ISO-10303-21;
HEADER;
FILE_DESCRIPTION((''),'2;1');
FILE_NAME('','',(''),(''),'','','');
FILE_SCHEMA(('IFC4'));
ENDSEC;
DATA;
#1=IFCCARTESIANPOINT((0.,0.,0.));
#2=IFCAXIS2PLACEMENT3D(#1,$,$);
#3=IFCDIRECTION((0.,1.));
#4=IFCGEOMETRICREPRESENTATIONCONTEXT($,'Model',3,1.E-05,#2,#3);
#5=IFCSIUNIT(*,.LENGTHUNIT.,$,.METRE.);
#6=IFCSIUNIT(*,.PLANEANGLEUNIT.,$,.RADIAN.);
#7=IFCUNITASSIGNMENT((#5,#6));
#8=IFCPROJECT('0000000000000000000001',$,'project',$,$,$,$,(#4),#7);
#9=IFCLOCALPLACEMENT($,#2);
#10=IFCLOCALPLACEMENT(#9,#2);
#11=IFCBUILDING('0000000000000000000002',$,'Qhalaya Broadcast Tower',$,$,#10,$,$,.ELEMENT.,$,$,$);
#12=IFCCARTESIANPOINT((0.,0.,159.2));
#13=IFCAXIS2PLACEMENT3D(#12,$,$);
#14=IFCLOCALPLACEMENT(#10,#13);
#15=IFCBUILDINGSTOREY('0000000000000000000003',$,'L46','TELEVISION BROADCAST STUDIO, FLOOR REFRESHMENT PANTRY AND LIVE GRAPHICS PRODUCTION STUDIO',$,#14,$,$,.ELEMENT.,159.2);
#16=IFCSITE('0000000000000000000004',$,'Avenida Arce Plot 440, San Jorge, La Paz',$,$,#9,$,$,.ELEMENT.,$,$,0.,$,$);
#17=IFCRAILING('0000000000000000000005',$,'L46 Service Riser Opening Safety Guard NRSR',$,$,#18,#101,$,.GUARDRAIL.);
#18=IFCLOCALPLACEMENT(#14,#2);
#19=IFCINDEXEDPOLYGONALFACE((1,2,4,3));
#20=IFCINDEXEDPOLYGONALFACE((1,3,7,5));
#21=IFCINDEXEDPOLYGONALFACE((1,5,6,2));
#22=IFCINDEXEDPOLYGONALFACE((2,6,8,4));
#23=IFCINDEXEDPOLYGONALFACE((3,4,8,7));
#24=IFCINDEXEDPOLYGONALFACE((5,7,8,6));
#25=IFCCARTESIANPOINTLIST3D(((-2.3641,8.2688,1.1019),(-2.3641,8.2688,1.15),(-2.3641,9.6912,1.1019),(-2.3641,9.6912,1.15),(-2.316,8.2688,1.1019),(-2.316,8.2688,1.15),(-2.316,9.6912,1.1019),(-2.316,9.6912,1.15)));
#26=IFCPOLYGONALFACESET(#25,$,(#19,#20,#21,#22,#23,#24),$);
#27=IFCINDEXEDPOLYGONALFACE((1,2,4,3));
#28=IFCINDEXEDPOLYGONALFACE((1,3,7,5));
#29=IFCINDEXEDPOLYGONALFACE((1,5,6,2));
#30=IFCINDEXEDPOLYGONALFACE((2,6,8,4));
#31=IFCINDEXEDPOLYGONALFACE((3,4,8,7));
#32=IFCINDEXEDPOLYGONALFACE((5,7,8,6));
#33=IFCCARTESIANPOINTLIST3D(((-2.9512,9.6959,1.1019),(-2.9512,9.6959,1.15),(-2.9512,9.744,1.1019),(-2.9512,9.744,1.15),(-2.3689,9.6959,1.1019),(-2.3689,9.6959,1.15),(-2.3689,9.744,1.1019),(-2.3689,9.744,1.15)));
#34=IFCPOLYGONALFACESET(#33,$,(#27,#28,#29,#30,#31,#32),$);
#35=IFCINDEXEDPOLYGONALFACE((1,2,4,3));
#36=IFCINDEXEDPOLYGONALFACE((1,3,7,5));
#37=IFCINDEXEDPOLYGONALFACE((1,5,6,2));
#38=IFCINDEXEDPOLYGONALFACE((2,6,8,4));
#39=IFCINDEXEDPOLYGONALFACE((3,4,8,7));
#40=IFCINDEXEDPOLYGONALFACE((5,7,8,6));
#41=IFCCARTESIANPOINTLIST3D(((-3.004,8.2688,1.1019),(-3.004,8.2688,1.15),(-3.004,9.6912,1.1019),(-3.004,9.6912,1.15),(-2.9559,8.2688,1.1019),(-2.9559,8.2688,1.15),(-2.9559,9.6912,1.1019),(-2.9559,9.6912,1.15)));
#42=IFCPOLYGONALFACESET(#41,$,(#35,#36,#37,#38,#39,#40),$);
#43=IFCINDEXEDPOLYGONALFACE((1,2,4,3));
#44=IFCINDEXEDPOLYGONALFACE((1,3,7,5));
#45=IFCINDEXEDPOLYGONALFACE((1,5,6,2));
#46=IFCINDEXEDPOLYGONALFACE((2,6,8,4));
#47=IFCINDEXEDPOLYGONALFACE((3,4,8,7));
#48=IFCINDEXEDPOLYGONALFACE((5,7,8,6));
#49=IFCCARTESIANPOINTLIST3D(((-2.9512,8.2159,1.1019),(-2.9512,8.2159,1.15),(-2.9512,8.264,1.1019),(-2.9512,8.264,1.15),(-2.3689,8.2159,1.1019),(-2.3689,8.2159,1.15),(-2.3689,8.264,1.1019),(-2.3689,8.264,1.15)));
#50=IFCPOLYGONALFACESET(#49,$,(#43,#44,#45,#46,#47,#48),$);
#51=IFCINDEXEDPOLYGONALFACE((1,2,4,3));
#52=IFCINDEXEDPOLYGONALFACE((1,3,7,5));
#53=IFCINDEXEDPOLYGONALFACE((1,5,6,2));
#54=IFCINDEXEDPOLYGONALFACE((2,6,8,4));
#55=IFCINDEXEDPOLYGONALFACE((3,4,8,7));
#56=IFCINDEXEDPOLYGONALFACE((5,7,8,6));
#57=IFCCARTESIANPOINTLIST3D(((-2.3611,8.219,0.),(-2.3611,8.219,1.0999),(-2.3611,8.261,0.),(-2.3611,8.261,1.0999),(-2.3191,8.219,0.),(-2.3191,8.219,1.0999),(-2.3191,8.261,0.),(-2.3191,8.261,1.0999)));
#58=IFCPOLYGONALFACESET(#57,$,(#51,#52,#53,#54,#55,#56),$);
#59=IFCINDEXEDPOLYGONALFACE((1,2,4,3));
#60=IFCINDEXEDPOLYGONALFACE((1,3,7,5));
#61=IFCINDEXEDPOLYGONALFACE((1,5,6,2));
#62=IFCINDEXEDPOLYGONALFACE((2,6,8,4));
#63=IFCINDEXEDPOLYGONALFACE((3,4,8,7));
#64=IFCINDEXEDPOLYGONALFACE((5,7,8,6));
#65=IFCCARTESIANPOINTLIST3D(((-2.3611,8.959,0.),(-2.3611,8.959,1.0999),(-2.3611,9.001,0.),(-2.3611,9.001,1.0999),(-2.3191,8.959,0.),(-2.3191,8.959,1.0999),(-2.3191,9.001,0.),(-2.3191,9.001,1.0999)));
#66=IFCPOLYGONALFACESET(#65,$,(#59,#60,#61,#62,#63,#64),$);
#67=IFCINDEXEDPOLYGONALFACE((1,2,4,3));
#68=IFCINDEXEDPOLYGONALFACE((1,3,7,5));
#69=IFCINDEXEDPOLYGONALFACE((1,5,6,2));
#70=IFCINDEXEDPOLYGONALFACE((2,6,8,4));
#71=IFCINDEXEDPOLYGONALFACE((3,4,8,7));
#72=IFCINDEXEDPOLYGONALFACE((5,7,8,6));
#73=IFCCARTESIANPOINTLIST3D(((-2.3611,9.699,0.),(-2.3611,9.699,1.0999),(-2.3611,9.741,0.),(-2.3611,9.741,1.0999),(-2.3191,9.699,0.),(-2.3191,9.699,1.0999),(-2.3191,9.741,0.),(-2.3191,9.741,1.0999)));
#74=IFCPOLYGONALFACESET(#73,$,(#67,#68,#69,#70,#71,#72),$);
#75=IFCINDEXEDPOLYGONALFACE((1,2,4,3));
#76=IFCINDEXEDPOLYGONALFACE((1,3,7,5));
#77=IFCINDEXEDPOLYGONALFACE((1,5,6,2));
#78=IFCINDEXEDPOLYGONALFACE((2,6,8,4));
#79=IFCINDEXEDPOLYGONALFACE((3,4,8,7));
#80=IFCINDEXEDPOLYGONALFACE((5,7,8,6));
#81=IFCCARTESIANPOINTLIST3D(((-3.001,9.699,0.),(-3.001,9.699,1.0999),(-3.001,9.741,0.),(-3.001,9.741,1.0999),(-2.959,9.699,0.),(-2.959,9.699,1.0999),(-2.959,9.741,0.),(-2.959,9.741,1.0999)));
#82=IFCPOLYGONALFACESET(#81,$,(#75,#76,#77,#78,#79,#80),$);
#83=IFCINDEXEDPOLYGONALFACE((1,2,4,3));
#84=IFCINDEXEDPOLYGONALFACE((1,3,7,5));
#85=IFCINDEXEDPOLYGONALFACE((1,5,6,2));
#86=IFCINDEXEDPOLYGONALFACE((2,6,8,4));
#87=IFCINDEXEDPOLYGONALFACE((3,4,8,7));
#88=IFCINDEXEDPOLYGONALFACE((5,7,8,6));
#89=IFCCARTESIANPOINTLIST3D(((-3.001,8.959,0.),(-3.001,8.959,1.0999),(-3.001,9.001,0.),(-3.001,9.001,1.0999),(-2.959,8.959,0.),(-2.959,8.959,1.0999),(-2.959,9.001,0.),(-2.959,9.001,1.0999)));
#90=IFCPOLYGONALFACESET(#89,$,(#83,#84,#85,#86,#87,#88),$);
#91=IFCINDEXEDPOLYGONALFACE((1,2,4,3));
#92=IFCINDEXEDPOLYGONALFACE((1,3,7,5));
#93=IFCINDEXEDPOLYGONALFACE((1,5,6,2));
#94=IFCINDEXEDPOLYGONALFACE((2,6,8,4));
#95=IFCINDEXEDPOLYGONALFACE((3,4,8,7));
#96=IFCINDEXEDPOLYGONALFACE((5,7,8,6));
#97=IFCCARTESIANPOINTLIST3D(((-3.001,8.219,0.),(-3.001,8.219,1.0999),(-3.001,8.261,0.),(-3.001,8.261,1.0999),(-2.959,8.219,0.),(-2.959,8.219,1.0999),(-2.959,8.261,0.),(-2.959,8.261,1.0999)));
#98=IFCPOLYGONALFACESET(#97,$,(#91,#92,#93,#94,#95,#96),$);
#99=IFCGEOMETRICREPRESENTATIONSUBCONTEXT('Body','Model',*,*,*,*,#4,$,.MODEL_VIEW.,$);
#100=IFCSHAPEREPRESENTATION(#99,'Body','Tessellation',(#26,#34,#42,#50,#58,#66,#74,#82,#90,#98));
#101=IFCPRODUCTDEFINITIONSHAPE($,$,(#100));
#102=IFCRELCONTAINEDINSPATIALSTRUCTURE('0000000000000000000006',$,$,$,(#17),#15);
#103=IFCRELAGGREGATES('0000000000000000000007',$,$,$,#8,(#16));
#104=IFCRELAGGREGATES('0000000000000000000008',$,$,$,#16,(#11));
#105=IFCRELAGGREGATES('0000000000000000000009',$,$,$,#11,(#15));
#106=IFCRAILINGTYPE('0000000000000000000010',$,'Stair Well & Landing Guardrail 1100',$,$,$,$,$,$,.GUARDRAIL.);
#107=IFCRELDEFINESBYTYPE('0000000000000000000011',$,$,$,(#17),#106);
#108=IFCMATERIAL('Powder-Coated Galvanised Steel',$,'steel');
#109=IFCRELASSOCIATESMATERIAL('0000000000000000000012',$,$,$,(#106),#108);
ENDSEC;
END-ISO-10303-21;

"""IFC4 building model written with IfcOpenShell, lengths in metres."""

from ifc_helpers import new_model, si_unit, direction, frame, origin, origin_2d, place, context, subcontext, project, spatial, rectangle, extrude, material, type_object, element, save


model = new_model("IFC4")

# Units and contexts
model_context = context("Model", 3, precision=1e-05, world=origin(), true_north=direction((0.0, 1.0)))
body_context = subcontext(model_context, "Body", "Model", "MODEL_VIEW")
ifc_project = project(units=[si_unit("LENGTHUNIT", "METRE"), si_unit("PLANEANGLEUNIT", "RADIAN")], contexts=[model_context])

# Site, building, storey
site_placement = place(None, origin())
site = spatial("IfcSite", under=ifc_project, at=site_placement, Name="Avenida Arce Plot 440, San Jorge, La Paz", CompositionType="ELEMENT", RefElevation=0.0)
building_placement = place(site_placement, origin())
building = spatial("IfcBuilding", under=site, at=building_placement, Name="Qhalaya Broadcast Tower", CompositionType="ELEMENT")
storey_placement = place(building_placement, frame((0.0, 0.0, 159.2)))
storey = spatial("IfcBuildingStorey", under=building, at=storey_placement, Name="L46", Description="TELEVISION BROADCAST STUDIO, FLOOR REFRESHMENT PANTRY AND LIVE GRAPHICS PRODUCTION STUDIO", CompositionType="ELEMENT", Elevation=159.2)

# Railing
ifc_material_1 = material(Name="Powder-Coated Galvanised Steel", Category="steel")
railing_type = type_object("IfcRailingType", Name="Stair Well & Landing Guardrail 1100", PredefinedType="GUARDRAIL", material=ifc_material_1)
railing_placement = place(storey_placement, frame((-2.3401, 8.24, 0.0)))
element("IfcRailing", 1, at=railing_placement, inside=storey, type_object=railing_type, Name="L46 Service Riser Opening Safety Guard NRSR", PredefinedType="GUARDRAIL", context=body_context, shape_type="SweptSolid", body=[
    extrude(rectangle(XDim=0.0481, YDim=0.0481, at=origin_2d()), frame((0.0, 0.0288, 1.126), z_axis=(0.0, 1.0, 0.0), x_axis=(-1.0, 0.0, 0.0)), (0.0, 0.0, 1.0), 1.4224),
    extrude(rectangle(XDim=0.0481, YDim=0.0481, at=origin_2d()), frame((-0.0288, 1.48, 1.126), z_axis=(-1.0, 0.0, 0.0), x_axis=(0.0, -1.0, 0.0)), (0.0, 0.0, 1.0), 0.5823),
    extrude(rectangle(XDim=0.0481, YDim=0.0481, at=origin_2d()), frame((-0.6399, 1.4512, 1.126), z_axis=(0.0, -1.0, 0.0), x_axis=(1.0, 0.0, 0.0)), (0.0, 0.0, 1.0), 1.4224),
    extrude(rectangle(XDim=0.0481, YDim=0.0481, at=origin_2d()), frame((-0.6111, 0.0, 1.126), z_axis=(1.0, 0.0, 0.0), x_axis=(0.0, 1.0, 0.0)), (0.0, 0.0, 1.0), 0.5823),
    extrude(rectangle(XDim=0.042, YDim=0.042, at=origin_2d()), origin(), (0.0, 0.0, 1.0), 1.0999),
    extrude(rectangle(XDim=0.042, YDim=0.042, at=origin_2d()), frame((0.0, 0.74, 0.0)), (0.0, 0.0, 1.0), 1.0999),
    extrude(rectangle(XDim=0.042, YDim=0.042, at=origin_2d()), frame((0.0, 1.48, 0.0)), (0.0, 0.0, 1.0), 1.0999),
    extrude(rectangle(XDim=0.042, YDim=0.042, at=origin_2d()), frame((-0.6399, 1.48, 0.0)), (0.0, 0.0, 1.0), 1.0999),
    extrude(rectangle(XDim=0.042, YDim=0.042, at=origin_2d()), frame((-0.6399, 0.74, 0.0)), (0.0, 0.0, 1.0), 1.0999),
    extrude(rectangle(XDim=0.042, YDim=0.042, at=origin_2d()), frame((-0.6399, 0.0, 0.0)), (0.0, 0.0, 1.0), 1.0999),
])

save(model, "model.ifc")
